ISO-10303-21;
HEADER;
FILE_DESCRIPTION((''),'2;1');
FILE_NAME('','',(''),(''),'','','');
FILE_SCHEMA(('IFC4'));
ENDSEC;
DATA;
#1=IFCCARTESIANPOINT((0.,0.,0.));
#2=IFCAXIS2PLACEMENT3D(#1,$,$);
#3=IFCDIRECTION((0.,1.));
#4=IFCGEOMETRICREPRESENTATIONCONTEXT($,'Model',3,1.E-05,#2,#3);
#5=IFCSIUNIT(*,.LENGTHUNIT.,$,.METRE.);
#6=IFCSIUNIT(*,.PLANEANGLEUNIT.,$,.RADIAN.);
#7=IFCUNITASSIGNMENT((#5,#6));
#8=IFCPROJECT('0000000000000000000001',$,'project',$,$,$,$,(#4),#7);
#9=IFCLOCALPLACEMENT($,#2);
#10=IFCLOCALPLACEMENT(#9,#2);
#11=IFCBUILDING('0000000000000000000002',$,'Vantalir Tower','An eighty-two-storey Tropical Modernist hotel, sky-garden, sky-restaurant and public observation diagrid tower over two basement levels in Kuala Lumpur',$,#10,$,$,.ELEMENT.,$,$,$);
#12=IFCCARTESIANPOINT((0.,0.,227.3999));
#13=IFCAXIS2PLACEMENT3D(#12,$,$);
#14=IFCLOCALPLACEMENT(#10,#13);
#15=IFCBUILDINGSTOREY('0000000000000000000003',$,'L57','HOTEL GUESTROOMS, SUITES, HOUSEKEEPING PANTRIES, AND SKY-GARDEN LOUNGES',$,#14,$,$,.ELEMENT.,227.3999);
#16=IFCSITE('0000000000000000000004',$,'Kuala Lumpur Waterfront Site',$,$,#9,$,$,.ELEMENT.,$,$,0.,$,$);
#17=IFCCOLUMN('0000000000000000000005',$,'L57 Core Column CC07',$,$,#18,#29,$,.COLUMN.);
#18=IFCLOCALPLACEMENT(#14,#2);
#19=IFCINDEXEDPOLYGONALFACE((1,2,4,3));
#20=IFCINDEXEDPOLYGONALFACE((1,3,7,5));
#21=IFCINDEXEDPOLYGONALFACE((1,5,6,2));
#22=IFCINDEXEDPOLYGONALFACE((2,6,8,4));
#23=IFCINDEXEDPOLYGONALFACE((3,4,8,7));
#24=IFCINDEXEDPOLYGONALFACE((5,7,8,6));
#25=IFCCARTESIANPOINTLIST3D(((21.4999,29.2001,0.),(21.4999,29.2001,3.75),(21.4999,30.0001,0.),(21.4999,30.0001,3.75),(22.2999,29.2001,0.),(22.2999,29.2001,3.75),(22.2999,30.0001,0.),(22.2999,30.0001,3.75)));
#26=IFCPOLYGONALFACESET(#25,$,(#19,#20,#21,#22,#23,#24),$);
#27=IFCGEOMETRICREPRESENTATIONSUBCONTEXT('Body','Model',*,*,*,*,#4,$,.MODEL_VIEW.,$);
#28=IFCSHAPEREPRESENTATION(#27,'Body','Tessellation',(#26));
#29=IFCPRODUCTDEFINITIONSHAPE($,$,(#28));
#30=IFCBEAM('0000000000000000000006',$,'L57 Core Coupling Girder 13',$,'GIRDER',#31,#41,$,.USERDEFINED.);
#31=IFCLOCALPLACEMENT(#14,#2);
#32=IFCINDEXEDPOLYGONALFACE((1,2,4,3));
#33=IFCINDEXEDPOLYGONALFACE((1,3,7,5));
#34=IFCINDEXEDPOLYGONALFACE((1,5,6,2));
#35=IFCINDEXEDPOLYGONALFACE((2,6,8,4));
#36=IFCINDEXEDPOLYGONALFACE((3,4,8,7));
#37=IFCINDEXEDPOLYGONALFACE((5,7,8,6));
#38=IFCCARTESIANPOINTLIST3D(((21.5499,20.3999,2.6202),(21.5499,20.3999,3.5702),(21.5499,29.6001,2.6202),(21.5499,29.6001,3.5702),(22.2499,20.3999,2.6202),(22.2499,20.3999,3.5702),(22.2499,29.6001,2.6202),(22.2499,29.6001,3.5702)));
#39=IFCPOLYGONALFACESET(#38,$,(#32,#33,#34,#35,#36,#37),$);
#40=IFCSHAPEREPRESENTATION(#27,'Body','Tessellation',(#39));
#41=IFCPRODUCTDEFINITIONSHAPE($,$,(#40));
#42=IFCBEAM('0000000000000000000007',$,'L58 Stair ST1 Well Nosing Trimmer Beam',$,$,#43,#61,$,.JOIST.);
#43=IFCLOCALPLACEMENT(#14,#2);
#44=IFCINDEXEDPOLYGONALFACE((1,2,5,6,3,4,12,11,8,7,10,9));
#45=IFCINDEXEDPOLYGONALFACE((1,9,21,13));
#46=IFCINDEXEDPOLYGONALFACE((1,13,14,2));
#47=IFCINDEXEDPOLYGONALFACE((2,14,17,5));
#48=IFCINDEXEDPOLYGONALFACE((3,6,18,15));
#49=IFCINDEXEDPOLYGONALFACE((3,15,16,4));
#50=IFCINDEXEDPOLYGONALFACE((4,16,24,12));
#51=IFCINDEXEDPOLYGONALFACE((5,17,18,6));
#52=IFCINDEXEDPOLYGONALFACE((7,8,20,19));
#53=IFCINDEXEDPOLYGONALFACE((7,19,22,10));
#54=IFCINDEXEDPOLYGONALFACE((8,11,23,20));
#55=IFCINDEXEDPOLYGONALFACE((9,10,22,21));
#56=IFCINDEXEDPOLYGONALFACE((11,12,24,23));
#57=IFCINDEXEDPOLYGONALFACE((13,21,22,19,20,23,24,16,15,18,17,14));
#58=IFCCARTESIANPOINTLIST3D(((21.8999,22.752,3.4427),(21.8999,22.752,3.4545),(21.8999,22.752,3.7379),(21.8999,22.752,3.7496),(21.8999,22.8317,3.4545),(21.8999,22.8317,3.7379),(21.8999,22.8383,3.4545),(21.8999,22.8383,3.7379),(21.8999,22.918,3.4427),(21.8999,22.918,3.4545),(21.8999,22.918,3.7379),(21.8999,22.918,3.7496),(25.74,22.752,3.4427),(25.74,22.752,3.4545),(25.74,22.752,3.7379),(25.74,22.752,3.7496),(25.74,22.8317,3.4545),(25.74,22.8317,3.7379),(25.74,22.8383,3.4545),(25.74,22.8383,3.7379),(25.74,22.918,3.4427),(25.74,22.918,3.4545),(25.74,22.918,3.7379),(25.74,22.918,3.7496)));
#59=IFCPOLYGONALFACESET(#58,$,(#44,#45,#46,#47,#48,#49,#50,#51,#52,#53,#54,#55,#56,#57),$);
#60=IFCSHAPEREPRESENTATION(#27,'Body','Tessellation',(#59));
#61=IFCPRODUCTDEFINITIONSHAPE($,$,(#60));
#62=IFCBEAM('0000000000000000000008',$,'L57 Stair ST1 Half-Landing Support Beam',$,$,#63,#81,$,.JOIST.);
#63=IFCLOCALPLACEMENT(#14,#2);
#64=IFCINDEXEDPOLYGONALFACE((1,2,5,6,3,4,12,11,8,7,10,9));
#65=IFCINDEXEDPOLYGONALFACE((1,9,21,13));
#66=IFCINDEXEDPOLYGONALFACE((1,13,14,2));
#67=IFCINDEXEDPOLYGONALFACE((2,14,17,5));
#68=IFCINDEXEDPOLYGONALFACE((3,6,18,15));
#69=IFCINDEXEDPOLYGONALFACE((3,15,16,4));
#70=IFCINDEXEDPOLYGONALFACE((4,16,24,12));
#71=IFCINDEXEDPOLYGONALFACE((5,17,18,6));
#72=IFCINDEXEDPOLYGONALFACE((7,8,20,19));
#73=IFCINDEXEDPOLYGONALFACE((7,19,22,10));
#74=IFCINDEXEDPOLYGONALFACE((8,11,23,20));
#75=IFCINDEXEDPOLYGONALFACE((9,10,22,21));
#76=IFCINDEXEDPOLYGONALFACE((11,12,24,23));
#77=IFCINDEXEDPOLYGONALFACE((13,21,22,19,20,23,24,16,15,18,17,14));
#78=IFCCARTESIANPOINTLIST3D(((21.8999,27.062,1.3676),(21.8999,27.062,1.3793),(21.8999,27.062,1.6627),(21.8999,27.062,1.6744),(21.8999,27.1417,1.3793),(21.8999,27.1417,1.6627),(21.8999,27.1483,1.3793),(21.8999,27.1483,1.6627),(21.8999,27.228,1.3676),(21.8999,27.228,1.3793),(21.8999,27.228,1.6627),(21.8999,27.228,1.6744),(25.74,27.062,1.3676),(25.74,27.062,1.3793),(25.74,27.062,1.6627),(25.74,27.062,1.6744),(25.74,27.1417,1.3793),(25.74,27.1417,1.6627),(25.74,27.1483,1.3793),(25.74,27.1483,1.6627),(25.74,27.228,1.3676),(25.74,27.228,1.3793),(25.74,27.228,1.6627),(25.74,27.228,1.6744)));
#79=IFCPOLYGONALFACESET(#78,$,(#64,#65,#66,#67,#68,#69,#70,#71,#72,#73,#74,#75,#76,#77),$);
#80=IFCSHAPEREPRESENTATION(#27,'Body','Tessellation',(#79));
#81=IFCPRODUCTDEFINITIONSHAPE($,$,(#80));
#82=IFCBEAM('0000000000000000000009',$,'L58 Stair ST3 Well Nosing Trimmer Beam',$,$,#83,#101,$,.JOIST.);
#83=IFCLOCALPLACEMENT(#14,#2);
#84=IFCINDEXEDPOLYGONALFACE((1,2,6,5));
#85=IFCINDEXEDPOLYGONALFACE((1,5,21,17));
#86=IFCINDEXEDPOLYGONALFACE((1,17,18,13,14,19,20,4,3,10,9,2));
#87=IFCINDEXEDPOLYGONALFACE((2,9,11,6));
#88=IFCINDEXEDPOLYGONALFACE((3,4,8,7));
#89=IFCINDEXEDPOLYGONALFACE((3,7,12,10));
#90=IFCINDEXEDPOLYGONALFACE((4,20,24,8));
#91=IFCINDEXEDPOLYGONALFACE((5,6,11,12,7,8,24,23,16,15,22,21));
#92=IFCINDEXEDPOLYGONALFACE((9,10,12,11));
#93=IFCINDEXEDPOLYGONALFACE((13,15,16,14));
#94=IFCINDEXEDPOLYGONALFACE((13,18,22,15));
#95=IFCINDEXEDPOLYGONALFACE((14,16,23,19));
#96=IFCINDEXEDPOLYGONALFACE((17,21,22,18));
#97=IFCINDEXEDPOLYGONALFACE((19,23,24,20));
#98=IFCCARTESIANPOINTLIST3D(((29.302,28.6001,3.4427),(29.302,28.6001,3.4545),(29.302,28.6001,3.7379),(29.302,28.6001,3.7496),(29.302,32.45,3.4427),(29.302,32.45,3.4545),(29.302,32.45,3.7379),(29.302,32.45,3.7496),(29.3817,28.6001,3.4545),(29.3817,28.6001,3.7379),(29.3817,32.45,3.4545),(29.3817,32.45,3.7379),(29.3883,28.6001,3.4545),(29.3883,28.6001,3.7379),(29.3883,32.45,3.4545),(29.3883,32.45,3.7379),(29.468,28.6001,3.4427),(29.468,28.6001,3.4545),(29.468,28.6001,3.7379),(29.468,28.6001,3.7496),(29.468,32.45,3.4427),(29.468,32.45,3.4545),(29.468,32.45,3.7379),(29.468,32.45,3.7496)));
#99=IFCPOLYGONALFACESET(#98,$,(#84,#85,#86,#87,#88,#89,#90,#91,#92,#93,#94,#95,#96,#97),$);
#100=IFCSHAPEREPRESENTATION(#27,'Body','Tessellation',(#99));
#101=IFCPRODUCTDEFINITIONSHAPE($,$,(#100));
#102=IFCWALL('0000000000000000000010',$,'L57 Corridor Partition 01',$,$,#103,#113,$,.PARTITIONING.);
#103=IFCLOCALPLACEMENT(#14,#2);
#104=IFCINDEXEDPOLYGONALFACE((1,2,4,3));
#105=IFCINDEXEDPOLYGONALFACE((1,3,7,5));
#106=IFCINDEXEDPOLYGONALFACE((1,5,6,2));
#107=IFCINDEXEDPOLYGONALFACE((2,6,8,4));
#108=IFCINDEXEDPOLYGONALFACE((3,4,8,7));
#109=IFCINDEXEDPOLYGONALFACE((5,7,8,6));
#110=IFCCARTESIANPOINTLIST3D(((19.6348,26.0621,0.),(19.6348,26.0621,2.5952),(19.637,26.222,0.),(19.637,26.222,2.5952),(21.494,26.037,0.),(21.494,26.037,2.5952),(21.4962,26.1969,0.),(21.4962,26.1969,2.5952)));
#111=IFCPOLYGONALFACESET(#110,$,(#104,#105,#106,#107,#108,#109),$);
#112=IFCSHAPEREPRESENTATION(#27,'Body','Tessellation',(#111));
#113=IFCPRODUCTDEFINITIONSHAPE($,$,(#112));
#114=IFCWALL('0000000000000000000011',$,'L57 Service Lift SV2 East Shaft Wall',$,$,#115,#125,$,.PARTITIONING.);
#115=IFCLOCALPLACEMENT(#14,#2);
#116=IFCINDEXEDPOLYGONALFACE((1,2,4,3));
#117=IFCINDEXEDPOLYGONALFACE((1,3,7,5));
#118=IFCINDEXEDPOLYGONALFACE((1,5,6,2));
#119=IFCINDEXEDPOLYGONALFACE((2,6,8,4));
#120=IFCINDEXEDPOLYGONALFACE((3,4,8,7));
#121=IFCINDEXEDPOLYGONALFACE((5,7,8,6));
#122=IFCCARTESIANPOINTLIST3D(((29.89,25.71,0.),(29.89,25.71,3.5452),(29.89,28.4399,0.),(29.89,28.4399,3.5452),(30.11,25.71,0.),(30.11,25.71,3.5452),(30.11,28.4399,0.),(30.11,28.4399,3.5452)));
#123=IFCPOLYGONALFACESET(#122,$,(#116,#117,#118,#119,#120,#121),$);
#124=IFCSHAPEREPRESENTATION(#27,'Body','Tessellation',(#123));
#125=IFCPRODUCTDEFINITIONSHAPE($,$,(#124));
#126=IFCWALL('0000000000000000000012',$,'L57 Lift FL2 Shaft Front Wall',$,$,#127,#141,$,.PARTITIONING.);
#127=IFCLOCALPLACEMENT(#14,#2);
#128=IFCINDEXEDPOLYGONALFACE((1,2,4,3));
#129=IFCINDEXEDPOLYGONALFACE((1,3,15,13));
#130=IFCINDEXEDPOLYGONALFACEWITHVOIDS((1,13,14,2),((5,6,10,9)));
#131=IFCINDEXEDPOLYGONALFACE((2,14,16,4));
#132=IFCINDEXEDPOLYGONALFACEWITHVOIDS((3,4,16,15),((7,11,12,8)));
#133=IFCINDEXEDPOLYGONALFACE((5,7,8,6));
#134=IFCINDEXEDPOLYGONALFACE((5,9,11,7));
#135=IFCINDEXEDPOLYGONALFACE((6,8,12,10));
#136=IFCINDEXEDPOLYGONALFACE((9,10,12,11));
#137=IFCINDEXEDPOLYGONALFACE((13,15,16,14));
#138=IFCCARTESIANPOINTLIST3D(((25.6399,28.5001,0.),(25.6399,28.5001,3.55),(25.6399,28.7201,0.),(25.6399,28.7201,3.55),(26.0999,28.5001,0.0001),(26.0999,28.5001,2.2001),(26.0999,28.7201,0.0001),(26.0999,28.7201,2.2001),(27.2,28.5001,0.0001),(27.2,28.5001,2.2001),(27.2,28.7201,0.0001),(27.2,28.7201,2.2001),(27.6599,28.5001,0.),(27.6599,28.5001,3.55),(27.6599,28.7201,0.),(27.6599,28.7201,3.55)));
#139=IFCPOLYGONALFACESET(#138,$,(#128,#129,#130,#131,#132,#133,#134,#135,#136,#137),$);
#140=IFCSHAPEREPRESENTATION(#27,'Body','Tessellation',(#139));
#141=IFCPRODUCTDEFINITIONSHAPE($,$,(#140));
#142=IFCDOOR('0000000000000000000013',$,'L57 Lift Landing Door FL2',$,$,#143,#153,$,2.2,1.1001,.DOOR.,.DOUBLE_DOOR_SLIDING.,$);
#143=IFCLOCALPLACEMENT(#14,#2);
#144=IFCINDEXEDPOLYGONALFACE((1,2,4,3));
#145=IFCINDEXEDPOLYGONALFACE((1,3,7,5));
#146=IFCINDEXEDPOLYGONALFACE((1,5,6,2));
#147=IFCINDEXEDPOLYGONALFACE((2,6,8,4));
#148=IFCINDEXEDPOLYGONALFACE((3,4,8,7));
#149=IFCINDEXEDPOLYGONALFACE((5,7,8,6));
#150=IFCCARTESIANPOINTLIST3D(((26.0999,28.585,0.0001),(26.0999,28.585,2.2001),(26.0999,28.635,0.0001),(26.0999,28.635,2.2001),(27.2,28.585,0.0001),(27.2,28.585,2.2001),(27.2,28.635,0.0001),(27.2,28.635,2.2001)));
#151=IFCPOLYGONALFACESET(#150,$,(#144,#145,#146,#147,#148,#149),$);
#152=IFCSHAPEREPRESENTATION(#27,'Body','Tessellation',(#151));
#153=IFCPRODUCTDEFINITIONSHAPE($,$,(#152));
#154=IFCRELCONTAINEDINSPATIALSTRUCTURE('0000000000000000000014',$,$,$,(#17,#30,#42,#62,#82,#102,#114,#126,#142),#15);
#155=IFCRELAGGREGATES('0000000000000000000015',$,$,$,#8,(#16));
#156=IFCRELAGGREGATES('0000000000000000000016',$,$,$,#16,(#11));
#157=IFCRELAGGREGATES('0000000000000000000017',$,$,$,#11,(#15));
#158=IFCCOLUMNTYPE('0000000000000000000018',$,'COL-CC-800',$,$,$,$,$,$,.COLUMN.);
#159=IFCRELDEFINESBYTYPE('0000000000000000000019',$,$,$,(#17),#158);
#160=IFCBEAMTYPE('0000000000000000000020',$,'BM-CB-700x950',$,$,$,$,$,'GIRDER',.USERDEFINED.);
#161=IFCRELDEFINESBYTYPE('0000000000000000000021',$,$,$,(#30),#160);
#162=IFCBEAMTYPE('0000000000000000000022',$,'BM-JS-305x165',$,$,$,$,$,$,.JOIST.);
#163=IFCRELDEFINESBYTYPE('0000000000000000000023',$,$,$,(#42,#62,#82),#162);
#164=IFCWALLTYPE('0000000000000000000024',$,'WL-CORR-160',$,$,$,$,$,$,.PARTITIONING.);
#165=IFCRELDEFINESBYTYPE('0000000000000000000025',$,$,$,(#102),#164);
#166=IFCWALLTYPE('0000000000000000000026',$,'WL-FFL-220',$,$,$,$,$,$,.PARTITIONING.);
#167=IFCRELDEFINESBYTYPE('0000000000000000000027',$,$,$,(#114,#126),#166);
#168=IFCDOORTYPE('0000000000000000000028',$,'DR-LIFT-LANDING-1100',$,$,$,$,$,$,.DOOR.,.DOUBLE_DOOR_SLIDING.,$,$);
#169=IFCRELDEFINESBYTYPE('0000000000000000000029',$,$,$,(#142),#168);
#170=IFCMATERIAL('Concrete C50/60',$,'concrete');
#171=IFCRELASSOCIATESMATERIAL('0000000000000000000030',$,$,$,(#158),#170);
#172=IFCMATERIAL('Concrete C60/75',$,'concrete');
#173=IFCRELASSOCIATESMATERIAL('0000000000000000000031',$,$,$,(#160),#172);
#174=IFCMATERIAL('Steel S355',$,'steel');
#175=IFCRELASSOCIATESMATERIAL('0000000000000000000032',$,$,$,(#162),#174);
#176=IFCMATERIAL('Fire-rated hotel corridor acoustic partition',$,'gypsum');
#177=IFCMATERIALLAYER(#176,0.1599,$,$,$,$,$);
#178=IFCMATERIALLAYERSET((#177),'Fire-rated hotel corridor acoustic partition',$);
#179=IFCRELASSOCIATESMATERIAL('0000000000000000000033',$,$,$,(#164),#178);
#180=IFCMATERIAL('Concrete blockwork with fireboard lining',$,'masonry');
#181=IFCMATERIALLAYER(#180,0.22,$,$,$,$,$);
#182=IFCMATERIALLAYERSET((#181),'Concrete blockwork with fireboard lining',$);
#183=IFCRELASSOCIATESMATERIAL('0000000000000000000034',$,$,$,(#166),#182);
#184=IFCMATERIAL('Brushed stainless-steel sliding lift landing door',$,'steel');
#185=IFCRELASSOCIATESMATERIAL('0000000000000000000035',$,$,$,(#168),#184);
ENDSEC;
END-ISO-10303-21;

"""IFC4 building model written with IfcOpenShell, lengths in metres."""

from ifc_helpers import new_model, si_unit, direction, frame, frame_2d, origin, origin_2d, place, context, subcontext, project, spatial, rectangle, i_section, extrude, material, layer, layer_set, material_profile, profile_set, type_object, element, fill, save


model = new_model("IFC4")

# Units and contexts
model_context = context("Model", 3, precision=1e-05, world=origin(), true_north=direction((0.0, 1.0)))
body_context = subcontext(model_context, "Body", "Model", "MODEL_VIEW")
ifc_project = project(units=[si_unit("LENGTHUNIT", "METRE"), si_unit("PLANEANGLEUNIT", "RADIAN")], contexts=[model_context])

# Site, building, storey
site_placement = place(None, origin())
site = spatial("IfcSite", under=ifc_project, at=site_placement, Name="Kuala Lumpur Waterfront Site", CompositionType="ELEMENT", RefElevation=0.0)
building_placement = place(site_placement, origin())
building = spatial("IfcBuilding", under=site, at=building_placement, Name="Vantalir Tower", Description="An eighty-two-storey Tropical Modernist hotel, sky-garden, sky-restaurant and public observation diagrid tower over two basement levels in Kuala Lumpur", CompositionType="ELEMENT")
storey_placement = place(building_placement, frame((0.0, 0.0, 227.3999)))
storey = spatial("IfcBuildingStorey", under=building, at=storey_placement, Name="L57", Description="HOTEL GUESTROOMS, SUITES, HOUSEKEEPING PANTRIES, AND SKY-GARDEN LOUNGES", CompositionType="ELEMENT", Elevation=227.3999)

# Column
ifc_material_1 = material(Name="Concrete C50/60", Category="concrete")
ifc_material_profile_1 = material_profile(ifc_material_1, rectangle(XDim=0.8, YDim=0.8, at=origin_2d()), Name="Concrete C50/60")
ifc_profile_set_1 = profile_set([ifc_material_profile_1], Name="Concrete C50/60")
column_type = type_object("IfcColumnType", Name="COL-CC-800", PredefinedType="COLUMN", material=ifc_profile_set_1)
column_placement = place(storey_placement, frame((21.8999, 29.6001, 0.0), z_axis=(0.0, 0.0, 1.0), x_axis=(1.0, 0.0, 0.0)))
element("IfcColumn", 1, at=column_placement, inside=storey, type_object=column_type, Name="L57 Core Column CC07", PredefinedType="COLUMN", context=body_context, shape_type="SweptSolid", body=[
    extrude(rectangle(XDim=0.8, YDim=0.8, at=origin_2d()), origin(), (0.0, 0.0, 1.0), 3.75),
])

# Beams
ifc_material_2 = material(Name="Concrete C60/75", Category="concrete")
ifc_material_profile_2 = material_profile(ifc_material_2, rectangle(XDim=0.7, YDim=0.95, at=origin_2d()), Name="Concrete C60/75")
ifc_profile_set_2 = profile_set([ifc_material_profile_2], Name="Concrete C60/75")
beam_type_1 = type_object("IfcBeamType", Name="BM-CB-700x950", ElementType="GIRDER", PredefinedType="USERDEFINED", material=ifc_profile_set_2)
beam_1_placement = place(storey_placement, frame((21.8999, 29.6001, 3.0952), z_axis=(0.0, -1.0, 0.0), x_axis=(1.0, 0.0, 0.0)))
element("IfcBeam", 2, at=beam_1_placement, inside=storey, type_object=beam_type_1, Name="L57 Core Coupling Girder 13", ObjectType="GIRDER", PredefinedType="USERDEFINED", context=body_context, shape_type="SweptSolid", body=[
    extrude(rectangle(XDim=0.7, YDim=0.95, at=origin_2d()), origin(), (0.0, 0.0, 1.0), 9.2002),
])
ifc_material_3 = material(Name="Steel S355", Category="steel")
ifc_material_profile_3 = material_profile(ifc_material_3, i_section(OverallWidth=0.166, OverallDepth=0.3069, WebThickness=0.0066, FlangeThickness=0.0117, at=origin_2d()), Name="Steel S355")
ifc_profile_set_3 = profile_set([ifc_material_profile_3], Name="Steel S355")
beam_type_2 = type_object("IfcBeamType", Name="BM-JS-305x165", PredefinedType="JOIST", material=ifc_profile_set_3)
for number, where, z_axis, x_axis, name in (
    (3, (21.8999, 22.835, 3.5962), (1.0, 0.0, 0.0), (0.0, 1.0, 0.0), "L58 Stair ST1 Well Nosing Trimmer Beam"),
    (4, (21.8999, 27.145, 1.521), (1.0, 0.0, 0.0), (0.0, 1.0, 0.0), "L57 Stair ST1 Half-Landing Support Beam"),
):
    element("IfcBeam", number, at=place(storey_placement, frame(where, z_axis=z_axis, x_axis=x_axis)), inside=storey, type_object=beam_type_2, Name=name, PredefinedType="JOIST", context=body_context, shape_type="SweptSolid", body=[
        extrude(i_section(OverallWidth=0.166, OverallDepth=0.3069, WebThickness=0.0066, FlangeThickness=0.0117, at=origin_2d()), origin(), (0.0, 0.0, 1.0), 3.8401),
    ])
beam_2_placement = place(storey_placement, frame((29.385, 28.6001, 3.5962), z_axis=(0.0, 1.0, 0.0), x_axis=(-1.0, 0.0, 0.0)))
element("IfcBeam", 5, at=beam_2_placement, inside=storey, type_object=beam_type_2, Name="L58 Stair ST3 Well Nosing Trimmer Beam", PredefinedType="JOIST", context=body_context, shape_type="SweptSolid", body=[
    extrude(i_section(OverallWidth=0.166, OverallDepth=0.3069, WebThickness=0.0066, FlangeThickness=0.0117, at=origin_2d()), origin(), (0.0, 0.0, 1.0), 3.8499),
])

# Walls
ifc_material_4 = material(Name="Fire-rated hotel corridor acoustic partition", Category="gypsum")
ifc_layer_1 = layer(ifc_material_4, 0.1599)
ifc_layer_set_1 = layer_set([ifc_layer_1], Name="Fire-rated hotel corridor acoustic partition")
wall_type_1 = type_object("IfcWallType", Name="WL-CORR-160", PredefinedType="PARTITIONING", material=ifc_layer_set_1)
wall_1_placement = place(storey_placement, frame((21.4951, 26.1169, 0.0), z_axis=(0.0, 0.0, 1.0), x_axis=(-0.999909, 0.013525, 0.0)))
element("IfcWall", 6, at=wall_1_placement, inside=storey, type_object=wall_type_1, Name="L57 Corridor Partition 01", PredefinedType="PARTITIONING", context=body_context, shape_type="SweptSolid", body=[
    extrude(rectangle(XDim=1.8594, YDim=0.1599, at=frame_2d((0.9297, 0.0))), origin(), (0.0, 0.0, 1.0), 2.5952),
])
ifc_material_5 = material(Name="Concrete blockwork with fireboard lining", Category="masonry")
ifc_layer_2 = layer(ifc_material_5, 0.22)
ifc_layer_set_2 = layer_set([ifc_layer_2], Name="Concrete blockwork with fireboard lining")
wall_type_2 = type_object("IfcWallType", Name="WL-FFL-220", PredefinedType="PARTITIONING", material=ifc_layer_set_2)
wall_2_placement = place(storey_placement, frame((30.0, 25.71, 0.0), z_axis=(0.0, 0.0, 1.0), x_axis=(0.0, 1.0, 0.0)))
element("IfcWall", 7, at=wall_2_placement, inside=storey, type_object=wall_type_2, Name="L57 Service Lift SV2 East Shaft Wall", PredefinedType="PARTITIONING", context=body_context, shape_type="SweptSolid", body=[
    extrude(rectangle(XDim=2.73, YDim=0.22, at=frame_2d((1.365, 0.0))), origin(), (0.0, 0.0, 1.0), 3.5452),
])

# Wall, opening, door
wall_3_placement = place(storey_placement, frame((25.6399, 28.6101, 0.0), z_axis=(0.0, 0.0, 1.0), x_axis=(1.0, 0.0, 0.0)))
wall_3 = element("IfcWall", 8, at=wall_3_placement, inside=storey, type_object=wall_type_2, Name="L57 Lift FL2 Shaft Front Wall", PredefinedType="PARTITIONING", context=body_context, shape_type="SweptSolid", body=[
    extrude(rectangle(XDim=2.02, YDim=0.22, at=frame_2d((1.01, 0.0))), origin(), (0.0, 0.0, 1.0), 3.55),
])
opening_1_placement = place(wall_3_placement, frame((0.46, 0.0, 0.0)))
opening_1 = element("IfcOpeningElement", 9, at=opening_1_placement, cuts=wall_3, PredefinedType="OPENING", context=body_context, shape_type="SweptSolid", body=[
    extrude(rectangle(XDim=1.1001, YDim=2.2, at=frame_2d((0.55, 1.1001))), frame((0.0, 0.1199, 0.0), z_axis=(0.0, -1.0, 0.0), x_axis=(1.0, 0.0, 0.0)), (0.0, 0.0, 1.0), 0.24),
])
ifc_material_6 = material(Name="Brushed stainless-steel sliding lift landing door", Category="steel")
door_type_1 = type_object("IfcDoorType", Name="DR-LIFT-LANDING-1100", OperationType="DOUBLE_DOOR_SLIDING", PredefinedType="DOOR", material=ifc_material_6)
door_1_placement = place(opening_1_placement, origin())
door_1 = element("IfcDoor", 10, at=door_1_placement, inside=storey, type_object=door_type_1, Name="L57 Lift Landing Door FL2", OperationType="DOUBLE_DOOR_SLIDING", OverallHeight=2.2, OverallWidth=1.1001, PredefinedType="DOOR", context=body_context, shape_type="SweptSolid", body=[
    extrude(rectangle(XDim=1.1001, YDim=2.2, at=frame_2d((0.55, 1.1001))), frame((0.0, 0.0249, 0.0), z_axis=(0.0, -1.0, 0.0), x_axis=(1.0, 0.0, 0.0)), (0.0, 0.0, 1.0), 0.05),
])
fill(opening_1, door_1)

save(model, "model.ifc")
